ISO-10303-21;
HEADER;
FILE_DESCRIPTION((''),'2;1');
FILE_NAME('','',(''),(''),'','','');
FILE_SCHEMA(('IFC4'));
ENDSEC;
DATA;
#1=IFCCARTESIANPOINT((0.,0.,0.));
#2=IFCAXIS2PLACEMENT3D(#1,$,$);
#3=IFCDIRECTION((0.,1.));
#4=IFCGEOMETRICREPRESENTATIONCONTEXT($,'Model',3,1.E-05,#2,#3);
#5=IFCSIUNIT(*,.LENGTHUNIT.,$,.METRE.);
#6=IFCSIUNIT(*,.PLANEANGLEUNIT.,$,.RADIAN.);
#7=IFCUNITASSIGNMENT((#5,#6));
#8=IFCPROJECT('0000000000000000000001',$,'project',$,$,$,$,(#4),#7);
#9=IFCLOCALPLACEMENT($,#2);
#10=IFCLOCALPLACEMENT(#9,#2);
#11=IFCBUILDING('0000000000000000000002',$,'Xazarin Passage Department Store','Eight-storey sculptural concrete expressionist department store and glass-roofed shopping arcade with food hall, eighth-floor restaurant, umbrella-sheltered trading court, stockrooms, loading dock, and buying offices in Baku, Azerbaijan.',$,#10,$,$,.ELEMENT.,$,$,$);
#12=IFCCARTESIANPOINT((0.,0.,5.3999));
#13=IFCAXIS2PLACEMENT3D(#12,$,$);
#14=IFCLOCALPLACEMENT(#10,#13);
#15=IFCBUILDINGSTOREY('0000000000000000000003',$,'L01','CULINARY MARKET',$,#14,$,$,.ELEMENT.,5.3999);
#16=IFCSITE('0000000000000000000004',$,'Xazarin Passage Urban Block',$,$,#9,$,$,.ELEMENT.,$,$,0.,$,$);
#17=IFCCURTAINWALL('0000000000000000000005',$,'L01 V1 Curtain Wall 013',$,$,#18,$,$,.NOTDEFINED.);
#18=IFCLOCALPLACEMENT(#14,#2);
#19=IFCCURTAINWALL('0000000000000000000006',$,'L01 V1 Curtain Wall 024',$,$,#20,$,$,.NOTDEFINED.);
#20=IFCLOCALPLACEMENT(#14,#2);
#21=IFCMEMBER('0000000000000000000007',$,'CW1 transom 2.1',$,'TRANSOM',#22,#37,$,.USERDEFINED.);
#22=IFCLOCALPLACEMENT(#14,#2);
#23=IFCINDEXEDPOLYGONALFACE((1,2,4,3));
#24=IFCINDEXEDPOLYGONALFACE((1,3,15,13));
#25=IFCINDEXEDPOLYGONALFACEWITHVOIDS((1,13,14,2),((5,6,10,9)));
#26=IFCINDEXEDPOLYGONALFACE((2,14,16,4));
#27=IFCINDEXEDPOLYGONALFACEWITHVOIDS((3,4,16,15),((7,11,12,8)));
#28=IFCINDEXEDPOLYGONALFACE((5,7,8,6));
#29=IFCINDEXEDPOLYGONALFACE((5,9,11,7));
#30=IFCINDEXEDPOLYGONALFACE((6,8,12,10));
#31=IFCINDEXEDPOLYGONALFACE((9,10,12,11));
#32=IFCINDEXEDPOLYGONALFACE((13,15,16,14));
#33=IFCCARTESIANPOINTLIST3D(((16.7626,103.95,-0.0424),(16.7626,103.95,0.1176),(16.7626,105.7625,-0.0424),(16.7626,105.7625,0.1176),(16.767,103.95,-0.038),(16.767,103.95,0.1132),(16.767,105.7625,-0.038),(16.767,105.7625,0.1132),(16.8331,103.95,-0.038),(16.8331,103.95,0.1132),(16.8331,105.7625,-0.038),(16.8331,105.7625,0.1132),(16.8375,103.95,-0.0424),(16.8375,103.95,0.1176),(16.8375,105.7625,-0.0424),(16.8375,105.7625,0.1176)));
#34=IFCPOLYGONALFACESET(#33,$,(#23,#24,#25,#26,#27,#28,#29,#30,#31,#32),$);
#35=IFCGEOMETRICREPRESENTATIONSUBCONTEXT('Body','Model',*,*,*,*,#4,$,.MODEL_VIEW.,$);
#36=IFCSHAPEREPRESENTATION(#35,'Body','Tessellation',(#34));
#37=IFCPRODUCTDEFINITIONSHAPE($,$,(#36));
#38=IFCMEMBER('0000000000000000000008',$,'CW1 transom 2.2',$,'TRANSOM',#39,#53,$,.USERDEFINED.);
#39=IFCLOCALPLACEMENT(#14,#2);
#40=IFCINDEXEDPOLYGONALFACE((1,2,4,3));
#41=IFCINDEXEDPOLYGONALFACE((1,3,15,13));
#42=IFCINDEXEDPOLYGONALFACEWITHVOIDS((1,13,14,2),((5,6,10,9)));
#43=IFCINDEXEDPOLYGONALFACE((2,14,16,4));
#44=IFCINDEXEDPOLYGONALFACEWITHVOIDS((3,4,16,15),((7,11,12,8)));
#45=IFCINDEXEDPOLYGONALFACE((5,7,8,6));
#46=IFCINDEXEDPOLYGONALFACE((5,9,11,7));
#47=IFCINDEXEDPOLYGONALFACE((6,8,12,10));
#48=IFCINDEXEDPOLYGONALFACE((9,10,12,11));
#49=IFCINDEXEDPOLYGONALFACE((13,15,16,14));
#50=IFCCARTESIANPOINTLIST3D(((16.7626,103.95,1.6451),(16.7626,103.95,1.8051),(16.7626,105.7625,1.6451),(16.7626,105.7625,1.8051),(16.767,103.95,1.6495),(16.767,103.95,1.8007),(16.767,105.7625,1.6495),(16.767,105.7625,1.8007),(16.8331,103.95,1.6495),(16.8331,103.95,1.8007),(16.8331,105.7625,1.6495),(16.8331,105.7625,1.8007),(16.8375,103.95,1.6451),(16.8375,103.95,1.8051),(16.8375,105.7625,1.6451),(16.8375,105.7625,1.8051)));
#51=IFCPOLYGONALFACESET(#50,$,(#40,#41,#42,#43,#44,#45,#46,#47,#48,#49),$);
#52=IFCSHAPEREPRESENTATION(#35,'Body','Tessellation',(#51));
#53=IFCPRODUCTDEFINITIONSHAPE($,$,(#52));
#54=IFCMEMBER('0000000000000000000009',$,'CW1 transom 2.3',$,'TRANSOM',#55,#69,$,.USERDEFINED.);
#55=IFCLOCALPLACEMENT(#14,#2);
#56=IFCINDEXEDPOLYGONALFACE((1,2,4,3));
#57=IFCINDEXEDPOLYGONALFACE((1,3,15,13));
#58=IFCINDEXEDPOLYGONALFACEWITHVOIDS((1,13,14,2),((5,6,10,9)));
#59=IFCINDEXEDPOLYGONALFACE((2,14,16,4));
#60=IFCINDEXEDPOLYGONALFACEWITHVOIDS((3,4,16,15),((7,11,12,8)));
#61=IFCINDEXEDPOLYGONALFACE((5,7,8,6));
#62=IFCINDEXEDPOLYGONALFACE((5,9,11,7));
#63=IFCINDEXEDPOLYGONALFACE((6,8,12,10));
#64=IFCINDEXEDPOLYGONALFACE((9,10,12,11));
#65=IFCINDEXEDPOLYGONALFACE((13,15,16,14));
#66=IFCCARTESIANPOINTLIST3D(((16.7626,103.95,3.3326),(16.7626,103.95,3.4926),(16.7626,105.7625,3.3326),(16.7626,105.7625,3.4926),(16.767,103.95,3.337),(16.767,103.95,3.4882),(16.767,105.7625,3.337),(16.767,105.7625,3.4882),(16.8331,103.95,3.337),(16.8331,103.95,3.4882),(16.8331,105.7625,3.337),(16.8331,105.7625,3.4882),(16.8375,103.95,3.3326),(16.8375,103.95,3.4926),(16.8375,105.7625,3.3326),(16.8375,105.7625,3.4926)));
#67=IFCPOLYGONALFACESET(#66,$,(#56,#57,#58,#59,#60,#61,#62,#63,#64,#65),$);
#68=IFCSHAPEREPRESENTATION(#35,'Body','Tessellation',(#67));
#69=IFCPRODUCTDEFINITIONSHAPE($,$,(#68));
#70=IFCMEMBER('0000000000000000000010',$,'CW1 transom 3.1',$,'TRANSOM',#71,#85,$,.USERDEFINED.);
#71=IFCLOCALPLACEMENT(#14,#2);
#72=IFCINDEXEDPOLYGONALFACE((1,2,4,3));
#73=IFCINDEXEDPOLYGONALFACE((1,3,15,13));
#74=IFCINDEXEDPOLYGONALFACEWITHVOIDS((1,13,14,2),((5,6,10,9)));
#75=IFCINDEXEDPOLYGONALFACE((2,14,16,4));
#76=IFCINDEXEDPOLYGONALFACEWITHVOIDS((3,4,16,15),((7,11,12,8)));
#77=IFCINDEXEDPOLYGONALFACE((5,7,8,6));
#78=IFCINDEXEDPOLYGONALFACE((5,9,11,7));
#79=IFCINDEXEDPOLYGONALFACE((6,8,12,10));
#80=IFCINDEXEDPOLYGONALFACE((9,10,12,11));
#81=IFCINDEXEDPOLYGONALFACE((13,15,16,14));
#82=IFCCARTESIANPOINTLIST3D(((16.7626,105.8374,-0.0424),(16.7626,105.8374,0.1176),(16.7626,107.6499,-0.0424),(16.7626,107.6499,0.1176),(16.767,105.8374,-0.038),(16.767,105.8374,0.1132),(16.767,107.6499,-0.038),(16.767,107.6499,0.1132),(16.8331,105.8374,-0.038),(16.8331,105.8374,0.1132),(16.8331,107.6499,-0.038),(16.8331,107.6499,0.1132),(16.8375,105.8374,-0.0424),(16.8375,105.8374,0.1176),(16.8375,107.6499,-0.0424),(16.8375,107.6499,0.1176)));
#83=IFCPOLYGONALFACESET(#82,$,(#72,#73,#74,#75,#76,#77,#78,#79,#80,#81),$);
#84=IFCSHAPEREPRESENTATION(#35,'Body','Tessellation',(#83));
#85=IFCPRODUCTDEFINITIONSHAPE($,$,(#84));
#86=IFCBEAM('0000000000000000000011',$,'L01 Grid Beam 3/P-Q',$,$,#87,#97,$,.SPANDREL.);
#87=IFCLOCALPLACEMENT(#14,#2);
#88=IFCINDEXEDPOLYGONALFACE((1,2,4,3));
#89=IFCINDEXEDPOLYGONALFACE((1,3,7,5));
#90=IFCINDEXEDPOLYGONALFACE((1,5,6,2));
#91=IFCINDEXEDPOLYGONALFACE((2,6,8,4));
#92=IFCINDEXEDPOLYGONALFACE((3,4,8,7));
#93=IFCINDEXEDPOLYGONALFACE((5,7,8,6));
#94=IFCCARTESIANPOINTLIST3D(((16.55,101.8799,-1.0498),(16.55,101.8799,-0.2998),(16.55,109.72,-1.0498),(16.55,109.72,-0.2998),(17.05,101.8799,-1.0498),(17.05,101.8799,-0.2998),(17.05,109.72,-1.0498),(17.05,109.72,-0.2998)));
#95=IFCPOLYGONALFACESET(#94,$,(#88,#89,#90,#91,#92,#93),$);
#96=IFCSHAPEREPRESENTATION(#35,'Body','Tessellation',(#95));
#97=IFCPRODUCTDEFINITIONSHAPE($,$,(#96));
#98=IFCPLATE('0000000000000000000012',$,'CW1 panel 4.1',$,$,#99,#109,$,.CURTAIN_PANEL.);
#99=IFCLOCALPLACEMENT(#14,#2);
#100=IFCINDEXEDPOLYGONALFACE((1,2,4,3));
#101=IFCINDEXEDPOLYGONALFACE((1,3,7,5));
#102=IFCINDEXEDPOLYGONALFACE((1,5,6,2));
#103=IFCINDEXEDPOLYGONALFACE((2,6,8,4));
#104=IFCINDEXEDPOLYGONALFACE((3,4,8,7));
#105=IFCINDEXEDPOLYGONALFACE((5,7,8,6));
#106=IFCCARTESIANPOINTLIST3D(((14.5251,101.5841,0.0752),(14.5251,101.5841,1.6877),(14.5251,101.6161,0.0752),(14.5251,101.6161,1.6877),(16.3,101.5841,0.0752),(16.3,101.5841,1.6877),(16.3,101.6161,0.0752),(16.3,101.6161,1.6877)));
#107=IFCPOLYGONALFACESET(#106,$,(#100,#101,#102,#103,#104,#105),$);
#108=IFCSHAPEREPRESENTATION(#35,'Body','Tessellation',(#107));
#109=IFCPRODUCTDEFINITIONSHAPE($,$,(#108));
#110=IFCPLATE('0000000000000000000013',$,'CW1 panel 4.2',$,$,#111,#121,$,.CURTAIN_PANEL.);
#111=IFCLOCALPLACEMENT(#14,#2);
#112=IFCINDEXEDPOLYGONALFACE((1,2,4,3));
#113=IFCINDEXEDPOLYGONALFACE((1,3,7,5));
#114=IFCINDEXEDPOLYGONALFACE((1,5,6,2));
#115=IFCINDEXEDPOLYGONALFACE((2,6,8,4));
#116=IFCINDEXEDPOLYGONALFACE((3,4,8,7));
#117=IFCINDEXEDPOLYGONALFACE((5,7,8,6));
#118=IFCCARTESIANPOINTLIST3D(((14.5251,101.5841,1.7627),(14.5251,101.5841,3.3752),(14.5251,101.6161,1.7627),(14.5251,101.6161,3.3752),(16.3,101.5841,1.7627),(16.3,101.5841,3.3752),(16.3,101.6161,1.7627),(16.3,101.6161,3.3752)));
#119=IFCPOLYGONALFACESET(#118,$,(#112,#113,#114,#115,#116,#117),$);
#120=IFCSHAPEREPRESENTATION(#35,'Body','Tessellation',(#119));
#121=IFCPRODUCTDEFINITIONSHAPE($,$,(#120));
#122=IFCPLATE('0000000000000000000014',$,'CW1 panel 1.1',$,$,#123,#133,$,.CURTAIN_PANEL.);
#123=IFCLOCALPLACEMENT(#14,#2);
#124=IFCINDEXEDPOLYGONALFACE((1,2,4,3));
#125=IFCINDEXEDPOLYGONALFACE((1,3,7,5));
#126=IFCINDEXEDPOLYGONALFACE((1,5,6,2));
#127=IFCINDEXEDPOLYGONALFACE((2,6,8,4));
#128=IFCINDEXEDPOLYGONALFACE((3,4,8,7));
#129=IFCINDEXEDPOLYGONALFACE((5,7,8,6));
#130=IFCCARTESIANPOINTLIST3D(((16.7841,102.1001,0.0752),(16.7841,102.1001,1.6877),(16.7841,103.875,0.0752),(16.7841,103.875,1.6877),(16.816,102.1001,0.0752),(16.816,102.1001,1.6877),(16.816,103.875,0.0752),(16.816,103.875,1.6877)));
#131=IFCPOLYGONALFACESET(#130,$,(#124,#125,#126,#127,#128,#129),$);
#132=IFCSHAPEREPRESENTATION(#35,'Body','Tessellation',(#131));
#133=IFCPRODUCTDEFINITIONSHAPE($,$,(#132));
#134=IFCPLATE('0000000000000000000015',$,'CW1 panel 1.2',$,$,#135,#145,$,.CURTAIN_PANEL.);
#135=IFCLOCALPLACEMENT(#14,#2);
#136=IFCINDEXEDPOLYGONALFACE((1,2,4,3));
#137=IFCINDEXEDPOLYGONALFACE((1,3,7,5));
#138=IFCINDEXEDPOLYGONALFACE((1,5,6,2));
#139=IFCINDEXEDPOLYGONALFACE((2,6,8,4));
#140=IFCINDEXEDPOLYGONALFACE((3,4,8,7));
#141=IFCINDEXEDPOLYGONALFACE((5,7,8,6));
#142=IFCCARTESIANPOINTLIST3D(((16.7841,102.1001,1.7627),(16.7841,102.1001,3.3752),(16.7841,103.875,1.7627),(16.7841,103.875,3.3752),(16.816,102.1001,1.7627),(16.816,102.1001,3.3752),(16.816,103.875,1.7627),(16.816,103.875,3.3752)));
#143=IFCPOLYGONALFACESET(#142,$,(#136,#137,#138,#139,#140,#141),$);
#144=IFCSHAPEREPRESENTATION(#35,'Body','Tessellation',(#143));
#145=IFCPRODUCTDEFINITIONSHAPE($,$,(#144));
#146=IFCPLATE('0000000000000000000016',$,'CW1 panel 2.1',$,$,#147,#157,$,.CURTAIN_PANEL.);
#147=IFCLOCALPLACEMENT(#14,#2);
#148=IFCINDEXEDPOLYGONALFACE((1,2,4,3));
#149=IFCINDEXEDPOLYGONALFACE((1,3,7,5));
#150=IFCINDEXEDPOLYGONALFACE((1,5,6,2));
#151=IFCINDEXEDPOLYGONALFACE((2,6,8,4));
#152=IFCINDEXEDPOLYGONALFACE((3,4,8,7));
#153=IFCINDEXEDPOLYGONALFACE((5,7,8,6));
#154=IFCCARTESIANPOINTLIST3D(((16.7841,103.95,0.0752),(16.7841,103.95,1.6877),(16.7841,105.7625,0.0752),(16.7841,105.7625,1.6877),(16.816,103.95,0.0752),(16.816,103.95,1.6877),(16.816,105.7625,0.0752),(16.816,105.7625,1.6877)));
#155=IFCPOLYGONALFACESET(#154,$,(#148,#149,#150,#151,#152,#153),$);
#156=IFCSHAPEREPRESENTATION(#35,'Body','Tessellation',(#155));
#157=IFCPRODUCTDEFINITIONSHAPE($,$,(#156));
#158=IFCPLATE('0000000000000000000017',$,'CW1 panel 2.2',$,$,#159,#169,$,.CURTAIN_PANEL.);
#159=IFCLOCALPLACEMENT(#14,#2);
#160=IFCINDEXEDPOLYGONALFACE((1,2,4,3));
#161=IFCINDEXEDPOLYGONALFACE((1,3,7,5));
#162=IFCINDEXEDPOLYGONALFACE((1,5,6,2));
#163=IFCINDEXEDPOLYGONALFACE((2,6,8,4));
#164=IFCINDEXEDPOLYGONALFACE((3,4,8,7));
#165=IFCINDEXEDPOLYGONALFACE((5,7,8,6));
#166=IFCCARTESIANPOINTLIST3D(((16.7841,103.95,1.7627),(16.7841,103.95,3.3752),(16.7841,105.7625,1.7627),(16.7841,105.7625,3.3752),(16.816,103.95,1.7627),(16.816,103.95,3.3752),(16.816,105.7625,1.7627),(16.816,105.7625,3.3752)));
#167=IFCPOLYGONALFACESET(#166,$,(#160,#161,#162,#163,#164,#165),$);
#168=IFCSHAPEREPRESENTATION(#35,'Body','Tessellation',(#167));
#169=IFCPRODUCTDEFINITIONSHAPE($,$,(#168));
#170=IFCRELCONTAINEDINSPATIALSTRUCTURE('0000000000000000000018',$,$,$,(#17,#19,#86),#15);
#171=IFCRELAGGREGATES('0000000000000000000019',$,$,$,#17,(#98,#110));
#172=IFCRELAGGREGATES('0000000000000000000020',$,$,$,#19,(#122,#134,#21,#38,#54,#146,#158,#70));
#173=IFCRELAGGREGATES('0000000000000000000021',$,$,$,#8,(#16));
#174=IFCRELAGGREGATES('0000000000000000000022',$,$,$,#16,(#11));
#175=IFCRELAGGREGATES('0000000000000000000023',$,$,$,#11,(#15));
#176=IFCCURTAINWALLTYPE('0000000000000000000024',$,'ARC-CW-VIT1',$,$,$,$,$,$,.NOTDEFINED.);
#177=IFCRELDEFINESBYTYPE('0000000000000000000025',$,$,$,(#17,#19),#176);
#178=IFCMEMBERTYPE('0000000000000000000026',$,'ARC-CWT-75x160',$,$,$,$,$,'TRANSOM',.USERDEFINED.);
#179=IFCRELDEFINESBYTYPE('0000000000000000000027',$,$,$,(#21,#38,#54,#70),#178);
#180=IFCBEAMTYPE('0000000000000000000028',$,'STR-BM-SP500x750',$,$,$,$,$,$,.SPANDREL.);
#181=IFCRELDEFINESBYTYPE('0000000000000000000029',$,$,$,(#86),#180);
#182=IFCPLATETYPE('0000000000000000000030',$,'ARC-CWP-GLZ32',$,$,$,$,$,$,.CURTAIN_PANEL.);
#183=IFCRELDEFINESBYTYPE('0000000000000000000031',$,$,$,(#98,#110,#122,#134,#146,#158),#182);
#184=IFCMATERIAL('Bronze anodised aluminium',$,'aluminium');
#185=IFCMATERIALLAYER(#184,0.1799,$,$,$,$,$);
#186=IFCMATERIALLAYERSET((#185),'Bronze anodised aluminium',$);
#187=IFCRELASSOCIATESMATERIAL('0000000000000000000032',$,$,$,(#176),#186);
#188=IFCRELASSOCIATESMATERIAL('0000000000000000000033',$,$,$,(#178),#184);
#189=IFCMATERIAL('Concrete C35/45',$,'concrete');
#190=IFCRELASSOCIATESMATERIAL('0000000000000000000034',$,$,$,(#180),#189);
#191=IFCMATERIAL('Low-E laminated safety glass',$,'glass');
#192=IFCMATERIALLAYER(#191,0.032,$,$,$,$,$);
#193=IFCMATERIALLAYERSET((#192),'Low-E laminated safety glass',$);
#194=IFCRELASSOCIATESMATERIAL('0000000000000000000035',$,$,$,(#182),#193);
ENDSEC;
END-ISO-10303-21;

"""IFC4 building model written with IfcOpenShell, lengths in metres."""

from ifc_helpers import new_model, si_unit, direction, frame, origin, origin_2d, place, context, subcontext, project, spatial, rectangle, hollow_rectangle, extrude, material, layer, layer_set, material_profile, profile_set, type_object, element, aggregate, save


model = new_model("IFC4")

# Units and contexts
model_context = context("Model", 3, precision=1e-05, world=origin(), true_north=direction((0.0, 1.0)))
body_context = subcontext(model_context, "Body", "Model", "MODEL_VIEW")
ifc_project = project(units=[si_unit("LENGTHUNIT", "METRE"), si_unit("PLANEANGLEUNIT", "RADIAN")], contexts=[model_context])

# Site, building, storey
site_placement = place(None, origin())
site = spatial("IfcSite", under=ifc_project, at=site_placement, Name="Xazarin Passage Urban Block", CompositionType="ELEMENT", RefElevation=0.0)
building_placement = place(site_placement, origin())
building = spatial("IfcBuilding", under=site, at=building_placement, Name="Xazarin Passage Department Store", Description="Eight-storey sculptural concrete expressionist department store and glass-roofed shopping arcade with food hall, eighth-floor restaurant, umbrella-sheltered trading court, stockrooms, loading dock, and buying offices in Baku, Azerbaijan.", CompositionType="ELEMENT")
storey_placement = place(building_placement, frame((0.0, 0.0, 5.3999)))
storey = spatial("IfcBuildingStorey", under=building, at=storey_placement, Name="L01", Description="CULINARY MARKET", CompositionType="ELEMENT", Elevation=5.3999)

# Curtain wall
ifc_material_1 = material(Name="Bronze anodised aluminium", Category="aluminium")
ifc_layer_1 = layer(ifc_material_1, 0.1799)
ifc_layer_set_1 = layer_set([ifc_layer_1], Name="Bronze anodised aluminium")
curtain_wall_type = type_object("IfcCurtainWallType", Name="ARC-CW-VIT1", PredefinedType="NOTDEFINED", material=ifc_layer_set_1)
curtain_wall_1_placement = place(storey_placement, origin())
curtain_wall_1 = element("IfcCurtainWall", 1, at=curtain_wall_1_placement, inside=storey, type_object=curtain_wall_type, Name="L01 V1 Curtain Wall 013", PredefinedType="NOTDEFINED")

# Curtain wall
curtain_wall_2_placement = place(storey_placement, origin())
curtain_wall_2 = element("IfcCurtainWall", 2, at=curtain_wall_2_placement, inside=storey, type_object=curtain_wall_type, Name="L01 V1 Curtain Wall 024", PredefinedType="NOTDEFINED")

# Members
ifc_material_profile_1 = material_profile(ifc_material_1, hollow_rectangle(XDim=0.075, YDim=0.1599, WallThickness=0.0044, at=origin_2d()), Name="ALU 75x160")
ifc_profile_set_1 = profile_set([ifc_material_profile_1], Name="Bronze anodised aluminium")
member_type_1 = type_object("IfcMemberType", Name="ARC-CWT-75x160", ElementType="TRANSOM", PredefinedType="USERDEFINED", material=ifc_profile_set_1)
member_1_placement = place(storey_placement, frame((16.8, 103.95, 0.0376), z_axis=(0.0, 1.0, 0.0), x_axis=(-1.0, 0.0, 0.0)))
member_1 = element("IfcMember", 3, at=member_1_placement, type_object=member_type_1, Name="CW1 transom 2.1", ObjectType="TRANSOM", PredefinedType="USERDEFINED", context=body_context, shape_type="SweptSolid", body=[
    extrude(hollow_rectangle(XDim=0.075, YDim=0.1599, WallThickness=0.0044, at=origin_2d()), origin(), (0.0, 0.0, 1.0), 1.8125),
])
member_2_placement = place(storey_placement, frame((16.8, 103.95, 1.7251), z_axis=(0.0, 1.0, 0.0), x_axis=(-1.0, 0.0, 0.0)))
member_2 = element("IfcMember", 4, at=member_2_placement, type_object=member_type_1, Name="CW1 transom 2.2", ObjectType="TRANSOM", PredefinedType="USERDEFINED", context=body_context, shape_type="SweptSolid", body=[
    extrude(hollow_rectangle(XDim=0.075, YDim=0.1599, WallThickness=0.0044, at=origin_2d()), origin(), (0.0, 0.0, 1.0), 1.8125),
])
member_3_placement = place(storey_placement, frame((16.8, 103.95, 3.4126), z_axis=(0.0, 1.0, 0.0), x_axis=(-1.0, 0.0, 0.0)))
member_3 = element("IfcMember", 5, at=member_3_placement, type_object=member_type_1, Name="CW1 transom 2.3", ObjectType="TRANSOM", PredefinedType="USERDEFINED", context=body_context, shape_type="SweptSolid", body=[
    extrude(hollow_rectangle(XDim=0.075, YDim=0.1599, WallThickness=0.0044, at=origin_2d()), origin(), (0.0, 0.0, 1.0), 1.8125),
])
member_4_placement = place(storey_placement, frame((16.8, 105.8374, 0.0376), z_axis=(0.0, 1.0, 0.0), x_axis=(-1.0, 0.0, 0.0)))
member_4 = element("IfcMember", 6, at=member_4_placement, type_object=member_type_1, Name="CW1 transom 3.1", ObjectType="TRANSOM", PredefinedType="USERDEFINED", context=body_context, shape_type="SweptSolid", body=[
    extrude(hollow_rectangle(XDim=0.075, YDim=0.1599, WallThickness=0.0044, at=origin_2d()), origin(), (0.0, 0.0, 1.0), 1.8125),
])

# Beam
ifc_material_2 = material(Name="Concrete C35/45", Category="concrete")
ifc_material_profile_2 = material_profile(ifc_material_2, rectangle(XDim=0.5, YDim=0.75, at=origin_2d()), Name="RC 500x750")
ifc_profile_set_2 = profile_set([ifc_material_profile_2], Name="Concrete C35/45")
beam_type = type_object("IfcBeamType", Name="STR-BM-SP500x750", PredefinedType="SPANDREL", material=ifc_profile_set_2)
beam_placement = place(storey_placement, frame((16.8, 101.8799, -0.6748), z_axis=(0.0, 1.0, 0.0), x_axis=(-1.0, 0.0, 0.0)))
element("IfcBeam", 7, at=beam_placement, inside=storey, type_object=beam_type, Name="L01 Grid Beam 3/P-Q", PredefinedType="SPANDREL", context=body_context, shape_type="SweptSolid", body=[
    extrude(rectangle(XDim=0.5, YDim=0.75, at=origin_2d()), origin(), (0.0, 0.0, 1.0), 7.8401),
])

# Plates
ifc_material_3 = material(Name="Low-E laminated safety glass", Category="glass")
ifc_layer_2 = layer(ifc_material_3, 0.032)
ifc_layer_set_2 = layer_set([ifc_layer_2], Name="Low-E laminated safety glass")
plate_type = type_object("IfcPlateType", Name="ARC-CWP-GLZ32", PredefinedType="CURTAIN_PANEL", material=ifc_layer_set_2)
plate_1_placement = place(storey_placement, frame((15.4126, 101.6001, 0.0752), z_axis=(0.0, 0.0, 1.0), x_axis=(1.0, 0.0, 0.0)))
plate_1 = element("IfcPlate", 8, at=plate_1_placement, type_object=plate_type, Name="CW1 panel 4.1", PredefinedType="CURTAIN_PANEL", context=body_context, shape_type="SweptSolid", body=[
    extrude(rectangle(XDim=1.7749, YDim=0.032, at=origin_2d()), origin(), (0.0, 0.0, 1.0), 1.6125),
])
plate_2_placement = place(storey_placement, frame((15.4126, 101.6001, 1.7627), z_axis=(0.0, 0.0, 1.0), x_axis=(1.0, 0.0, 0.0)))
plate_2 = element("IfcPlate", 9, at=plate_2_placement, type_object=plate_type, Name="CW1 panel 4.2", PredefinedType="CURTAIN_PANEL", context=body_context, shape_type="SweptSolid", body=[
    extrude(rectangle(XDim=1.7749, YDim=0.032, at=origin_2d()), origin(), (0.0, 0.0, 1.0), 1.6125),
])
aggregate(curtain_wall_1, [plate_1, plate_2])
plate_3_placement = place(storey_placement, frame((16.8, 102.9875, 0.0752), z_axis=(0.0, 0.0, 1.0), x_axis=(0.0, 1.0, 0.0)))
plate_3 = element("IfcPlate", 10, at=plate_3_placement, type_object=plate_type, Name="CW1 panel 1.1", PredefinedType="CURTAIN_PANEL", context=body_context, shape_type="SweptSolid", body=[
    extrude(rectangle(XDim=1.7749, YDim=0.032, at=origin_2d()), origin(), (0.0, 0.0, 1.0), 1.6125),
])
plate_4_placement = place(storey_placement, frame((16.8, 102.9875, 1.7627), z_axis=(0.0, 0.0, 1.0), x_axis=(0.0, 1.0, 0.0)))
plate_4 = element("IfcPlate", 11, at=plate_4_placement, type_object=plate_type, Name="CW1 panel 1.2", PredefinedType="CURTAIN_PANEL", context=body_context, shape_type="SweptSolid", body=[
    extrude(rectangle(XDim=1.7749, YDim=0.032, at=origin_2d()), origin(), (0.0, 0.0, 1.0), 1.6125),
])
plate_5_placement = place(storey_placement, frame((16.8, 104.8562, 0.0752), z_axis=(0.0, 0.0, 1.0), x_axis=(0.0, 1.0, 0.0)))
plate_5 = element("IfcPlate", 12, at=plate_5_placement, type_object=plate_type, Name="CW1 panel 2.1", PredefinedType="CURTAIN_PANEL", context=body_context, shape_type="SweptSolid", body=[
    extrude(rectangle(XDim=1.8125, YDim=0.032, at=origin_2d()), origin(), (0.0, 0.0, 1.0), 1.6125),
])
plate_6_placement = place(storey_placement, frame((16.8, 104.8562, 1.7627), z_axis=(0.0, 0.0, 1.0), x_axis=(0.0, 1.0, 0.0)))
plate_6 = element("IfcPlate", 13, at=plate_6_placement, type_object=plate_type, Name="CW1 panel 2.2", PredefinedType="CURTAIN_PANEL", context=body_context, shape_type="SweptSolid", body=[
    extrude(rectangle(XDim=1.8125, YDim=0.032, at=origin_2d()), origin(), (0.0, 0.0, 1.0), 1.6125),
])
aggregate(curtain_wall_2, [plate_3, plate_4, member_1, member_2, member_3, plate_5, plate_6, member_4])

save(model, "model.ifc")
